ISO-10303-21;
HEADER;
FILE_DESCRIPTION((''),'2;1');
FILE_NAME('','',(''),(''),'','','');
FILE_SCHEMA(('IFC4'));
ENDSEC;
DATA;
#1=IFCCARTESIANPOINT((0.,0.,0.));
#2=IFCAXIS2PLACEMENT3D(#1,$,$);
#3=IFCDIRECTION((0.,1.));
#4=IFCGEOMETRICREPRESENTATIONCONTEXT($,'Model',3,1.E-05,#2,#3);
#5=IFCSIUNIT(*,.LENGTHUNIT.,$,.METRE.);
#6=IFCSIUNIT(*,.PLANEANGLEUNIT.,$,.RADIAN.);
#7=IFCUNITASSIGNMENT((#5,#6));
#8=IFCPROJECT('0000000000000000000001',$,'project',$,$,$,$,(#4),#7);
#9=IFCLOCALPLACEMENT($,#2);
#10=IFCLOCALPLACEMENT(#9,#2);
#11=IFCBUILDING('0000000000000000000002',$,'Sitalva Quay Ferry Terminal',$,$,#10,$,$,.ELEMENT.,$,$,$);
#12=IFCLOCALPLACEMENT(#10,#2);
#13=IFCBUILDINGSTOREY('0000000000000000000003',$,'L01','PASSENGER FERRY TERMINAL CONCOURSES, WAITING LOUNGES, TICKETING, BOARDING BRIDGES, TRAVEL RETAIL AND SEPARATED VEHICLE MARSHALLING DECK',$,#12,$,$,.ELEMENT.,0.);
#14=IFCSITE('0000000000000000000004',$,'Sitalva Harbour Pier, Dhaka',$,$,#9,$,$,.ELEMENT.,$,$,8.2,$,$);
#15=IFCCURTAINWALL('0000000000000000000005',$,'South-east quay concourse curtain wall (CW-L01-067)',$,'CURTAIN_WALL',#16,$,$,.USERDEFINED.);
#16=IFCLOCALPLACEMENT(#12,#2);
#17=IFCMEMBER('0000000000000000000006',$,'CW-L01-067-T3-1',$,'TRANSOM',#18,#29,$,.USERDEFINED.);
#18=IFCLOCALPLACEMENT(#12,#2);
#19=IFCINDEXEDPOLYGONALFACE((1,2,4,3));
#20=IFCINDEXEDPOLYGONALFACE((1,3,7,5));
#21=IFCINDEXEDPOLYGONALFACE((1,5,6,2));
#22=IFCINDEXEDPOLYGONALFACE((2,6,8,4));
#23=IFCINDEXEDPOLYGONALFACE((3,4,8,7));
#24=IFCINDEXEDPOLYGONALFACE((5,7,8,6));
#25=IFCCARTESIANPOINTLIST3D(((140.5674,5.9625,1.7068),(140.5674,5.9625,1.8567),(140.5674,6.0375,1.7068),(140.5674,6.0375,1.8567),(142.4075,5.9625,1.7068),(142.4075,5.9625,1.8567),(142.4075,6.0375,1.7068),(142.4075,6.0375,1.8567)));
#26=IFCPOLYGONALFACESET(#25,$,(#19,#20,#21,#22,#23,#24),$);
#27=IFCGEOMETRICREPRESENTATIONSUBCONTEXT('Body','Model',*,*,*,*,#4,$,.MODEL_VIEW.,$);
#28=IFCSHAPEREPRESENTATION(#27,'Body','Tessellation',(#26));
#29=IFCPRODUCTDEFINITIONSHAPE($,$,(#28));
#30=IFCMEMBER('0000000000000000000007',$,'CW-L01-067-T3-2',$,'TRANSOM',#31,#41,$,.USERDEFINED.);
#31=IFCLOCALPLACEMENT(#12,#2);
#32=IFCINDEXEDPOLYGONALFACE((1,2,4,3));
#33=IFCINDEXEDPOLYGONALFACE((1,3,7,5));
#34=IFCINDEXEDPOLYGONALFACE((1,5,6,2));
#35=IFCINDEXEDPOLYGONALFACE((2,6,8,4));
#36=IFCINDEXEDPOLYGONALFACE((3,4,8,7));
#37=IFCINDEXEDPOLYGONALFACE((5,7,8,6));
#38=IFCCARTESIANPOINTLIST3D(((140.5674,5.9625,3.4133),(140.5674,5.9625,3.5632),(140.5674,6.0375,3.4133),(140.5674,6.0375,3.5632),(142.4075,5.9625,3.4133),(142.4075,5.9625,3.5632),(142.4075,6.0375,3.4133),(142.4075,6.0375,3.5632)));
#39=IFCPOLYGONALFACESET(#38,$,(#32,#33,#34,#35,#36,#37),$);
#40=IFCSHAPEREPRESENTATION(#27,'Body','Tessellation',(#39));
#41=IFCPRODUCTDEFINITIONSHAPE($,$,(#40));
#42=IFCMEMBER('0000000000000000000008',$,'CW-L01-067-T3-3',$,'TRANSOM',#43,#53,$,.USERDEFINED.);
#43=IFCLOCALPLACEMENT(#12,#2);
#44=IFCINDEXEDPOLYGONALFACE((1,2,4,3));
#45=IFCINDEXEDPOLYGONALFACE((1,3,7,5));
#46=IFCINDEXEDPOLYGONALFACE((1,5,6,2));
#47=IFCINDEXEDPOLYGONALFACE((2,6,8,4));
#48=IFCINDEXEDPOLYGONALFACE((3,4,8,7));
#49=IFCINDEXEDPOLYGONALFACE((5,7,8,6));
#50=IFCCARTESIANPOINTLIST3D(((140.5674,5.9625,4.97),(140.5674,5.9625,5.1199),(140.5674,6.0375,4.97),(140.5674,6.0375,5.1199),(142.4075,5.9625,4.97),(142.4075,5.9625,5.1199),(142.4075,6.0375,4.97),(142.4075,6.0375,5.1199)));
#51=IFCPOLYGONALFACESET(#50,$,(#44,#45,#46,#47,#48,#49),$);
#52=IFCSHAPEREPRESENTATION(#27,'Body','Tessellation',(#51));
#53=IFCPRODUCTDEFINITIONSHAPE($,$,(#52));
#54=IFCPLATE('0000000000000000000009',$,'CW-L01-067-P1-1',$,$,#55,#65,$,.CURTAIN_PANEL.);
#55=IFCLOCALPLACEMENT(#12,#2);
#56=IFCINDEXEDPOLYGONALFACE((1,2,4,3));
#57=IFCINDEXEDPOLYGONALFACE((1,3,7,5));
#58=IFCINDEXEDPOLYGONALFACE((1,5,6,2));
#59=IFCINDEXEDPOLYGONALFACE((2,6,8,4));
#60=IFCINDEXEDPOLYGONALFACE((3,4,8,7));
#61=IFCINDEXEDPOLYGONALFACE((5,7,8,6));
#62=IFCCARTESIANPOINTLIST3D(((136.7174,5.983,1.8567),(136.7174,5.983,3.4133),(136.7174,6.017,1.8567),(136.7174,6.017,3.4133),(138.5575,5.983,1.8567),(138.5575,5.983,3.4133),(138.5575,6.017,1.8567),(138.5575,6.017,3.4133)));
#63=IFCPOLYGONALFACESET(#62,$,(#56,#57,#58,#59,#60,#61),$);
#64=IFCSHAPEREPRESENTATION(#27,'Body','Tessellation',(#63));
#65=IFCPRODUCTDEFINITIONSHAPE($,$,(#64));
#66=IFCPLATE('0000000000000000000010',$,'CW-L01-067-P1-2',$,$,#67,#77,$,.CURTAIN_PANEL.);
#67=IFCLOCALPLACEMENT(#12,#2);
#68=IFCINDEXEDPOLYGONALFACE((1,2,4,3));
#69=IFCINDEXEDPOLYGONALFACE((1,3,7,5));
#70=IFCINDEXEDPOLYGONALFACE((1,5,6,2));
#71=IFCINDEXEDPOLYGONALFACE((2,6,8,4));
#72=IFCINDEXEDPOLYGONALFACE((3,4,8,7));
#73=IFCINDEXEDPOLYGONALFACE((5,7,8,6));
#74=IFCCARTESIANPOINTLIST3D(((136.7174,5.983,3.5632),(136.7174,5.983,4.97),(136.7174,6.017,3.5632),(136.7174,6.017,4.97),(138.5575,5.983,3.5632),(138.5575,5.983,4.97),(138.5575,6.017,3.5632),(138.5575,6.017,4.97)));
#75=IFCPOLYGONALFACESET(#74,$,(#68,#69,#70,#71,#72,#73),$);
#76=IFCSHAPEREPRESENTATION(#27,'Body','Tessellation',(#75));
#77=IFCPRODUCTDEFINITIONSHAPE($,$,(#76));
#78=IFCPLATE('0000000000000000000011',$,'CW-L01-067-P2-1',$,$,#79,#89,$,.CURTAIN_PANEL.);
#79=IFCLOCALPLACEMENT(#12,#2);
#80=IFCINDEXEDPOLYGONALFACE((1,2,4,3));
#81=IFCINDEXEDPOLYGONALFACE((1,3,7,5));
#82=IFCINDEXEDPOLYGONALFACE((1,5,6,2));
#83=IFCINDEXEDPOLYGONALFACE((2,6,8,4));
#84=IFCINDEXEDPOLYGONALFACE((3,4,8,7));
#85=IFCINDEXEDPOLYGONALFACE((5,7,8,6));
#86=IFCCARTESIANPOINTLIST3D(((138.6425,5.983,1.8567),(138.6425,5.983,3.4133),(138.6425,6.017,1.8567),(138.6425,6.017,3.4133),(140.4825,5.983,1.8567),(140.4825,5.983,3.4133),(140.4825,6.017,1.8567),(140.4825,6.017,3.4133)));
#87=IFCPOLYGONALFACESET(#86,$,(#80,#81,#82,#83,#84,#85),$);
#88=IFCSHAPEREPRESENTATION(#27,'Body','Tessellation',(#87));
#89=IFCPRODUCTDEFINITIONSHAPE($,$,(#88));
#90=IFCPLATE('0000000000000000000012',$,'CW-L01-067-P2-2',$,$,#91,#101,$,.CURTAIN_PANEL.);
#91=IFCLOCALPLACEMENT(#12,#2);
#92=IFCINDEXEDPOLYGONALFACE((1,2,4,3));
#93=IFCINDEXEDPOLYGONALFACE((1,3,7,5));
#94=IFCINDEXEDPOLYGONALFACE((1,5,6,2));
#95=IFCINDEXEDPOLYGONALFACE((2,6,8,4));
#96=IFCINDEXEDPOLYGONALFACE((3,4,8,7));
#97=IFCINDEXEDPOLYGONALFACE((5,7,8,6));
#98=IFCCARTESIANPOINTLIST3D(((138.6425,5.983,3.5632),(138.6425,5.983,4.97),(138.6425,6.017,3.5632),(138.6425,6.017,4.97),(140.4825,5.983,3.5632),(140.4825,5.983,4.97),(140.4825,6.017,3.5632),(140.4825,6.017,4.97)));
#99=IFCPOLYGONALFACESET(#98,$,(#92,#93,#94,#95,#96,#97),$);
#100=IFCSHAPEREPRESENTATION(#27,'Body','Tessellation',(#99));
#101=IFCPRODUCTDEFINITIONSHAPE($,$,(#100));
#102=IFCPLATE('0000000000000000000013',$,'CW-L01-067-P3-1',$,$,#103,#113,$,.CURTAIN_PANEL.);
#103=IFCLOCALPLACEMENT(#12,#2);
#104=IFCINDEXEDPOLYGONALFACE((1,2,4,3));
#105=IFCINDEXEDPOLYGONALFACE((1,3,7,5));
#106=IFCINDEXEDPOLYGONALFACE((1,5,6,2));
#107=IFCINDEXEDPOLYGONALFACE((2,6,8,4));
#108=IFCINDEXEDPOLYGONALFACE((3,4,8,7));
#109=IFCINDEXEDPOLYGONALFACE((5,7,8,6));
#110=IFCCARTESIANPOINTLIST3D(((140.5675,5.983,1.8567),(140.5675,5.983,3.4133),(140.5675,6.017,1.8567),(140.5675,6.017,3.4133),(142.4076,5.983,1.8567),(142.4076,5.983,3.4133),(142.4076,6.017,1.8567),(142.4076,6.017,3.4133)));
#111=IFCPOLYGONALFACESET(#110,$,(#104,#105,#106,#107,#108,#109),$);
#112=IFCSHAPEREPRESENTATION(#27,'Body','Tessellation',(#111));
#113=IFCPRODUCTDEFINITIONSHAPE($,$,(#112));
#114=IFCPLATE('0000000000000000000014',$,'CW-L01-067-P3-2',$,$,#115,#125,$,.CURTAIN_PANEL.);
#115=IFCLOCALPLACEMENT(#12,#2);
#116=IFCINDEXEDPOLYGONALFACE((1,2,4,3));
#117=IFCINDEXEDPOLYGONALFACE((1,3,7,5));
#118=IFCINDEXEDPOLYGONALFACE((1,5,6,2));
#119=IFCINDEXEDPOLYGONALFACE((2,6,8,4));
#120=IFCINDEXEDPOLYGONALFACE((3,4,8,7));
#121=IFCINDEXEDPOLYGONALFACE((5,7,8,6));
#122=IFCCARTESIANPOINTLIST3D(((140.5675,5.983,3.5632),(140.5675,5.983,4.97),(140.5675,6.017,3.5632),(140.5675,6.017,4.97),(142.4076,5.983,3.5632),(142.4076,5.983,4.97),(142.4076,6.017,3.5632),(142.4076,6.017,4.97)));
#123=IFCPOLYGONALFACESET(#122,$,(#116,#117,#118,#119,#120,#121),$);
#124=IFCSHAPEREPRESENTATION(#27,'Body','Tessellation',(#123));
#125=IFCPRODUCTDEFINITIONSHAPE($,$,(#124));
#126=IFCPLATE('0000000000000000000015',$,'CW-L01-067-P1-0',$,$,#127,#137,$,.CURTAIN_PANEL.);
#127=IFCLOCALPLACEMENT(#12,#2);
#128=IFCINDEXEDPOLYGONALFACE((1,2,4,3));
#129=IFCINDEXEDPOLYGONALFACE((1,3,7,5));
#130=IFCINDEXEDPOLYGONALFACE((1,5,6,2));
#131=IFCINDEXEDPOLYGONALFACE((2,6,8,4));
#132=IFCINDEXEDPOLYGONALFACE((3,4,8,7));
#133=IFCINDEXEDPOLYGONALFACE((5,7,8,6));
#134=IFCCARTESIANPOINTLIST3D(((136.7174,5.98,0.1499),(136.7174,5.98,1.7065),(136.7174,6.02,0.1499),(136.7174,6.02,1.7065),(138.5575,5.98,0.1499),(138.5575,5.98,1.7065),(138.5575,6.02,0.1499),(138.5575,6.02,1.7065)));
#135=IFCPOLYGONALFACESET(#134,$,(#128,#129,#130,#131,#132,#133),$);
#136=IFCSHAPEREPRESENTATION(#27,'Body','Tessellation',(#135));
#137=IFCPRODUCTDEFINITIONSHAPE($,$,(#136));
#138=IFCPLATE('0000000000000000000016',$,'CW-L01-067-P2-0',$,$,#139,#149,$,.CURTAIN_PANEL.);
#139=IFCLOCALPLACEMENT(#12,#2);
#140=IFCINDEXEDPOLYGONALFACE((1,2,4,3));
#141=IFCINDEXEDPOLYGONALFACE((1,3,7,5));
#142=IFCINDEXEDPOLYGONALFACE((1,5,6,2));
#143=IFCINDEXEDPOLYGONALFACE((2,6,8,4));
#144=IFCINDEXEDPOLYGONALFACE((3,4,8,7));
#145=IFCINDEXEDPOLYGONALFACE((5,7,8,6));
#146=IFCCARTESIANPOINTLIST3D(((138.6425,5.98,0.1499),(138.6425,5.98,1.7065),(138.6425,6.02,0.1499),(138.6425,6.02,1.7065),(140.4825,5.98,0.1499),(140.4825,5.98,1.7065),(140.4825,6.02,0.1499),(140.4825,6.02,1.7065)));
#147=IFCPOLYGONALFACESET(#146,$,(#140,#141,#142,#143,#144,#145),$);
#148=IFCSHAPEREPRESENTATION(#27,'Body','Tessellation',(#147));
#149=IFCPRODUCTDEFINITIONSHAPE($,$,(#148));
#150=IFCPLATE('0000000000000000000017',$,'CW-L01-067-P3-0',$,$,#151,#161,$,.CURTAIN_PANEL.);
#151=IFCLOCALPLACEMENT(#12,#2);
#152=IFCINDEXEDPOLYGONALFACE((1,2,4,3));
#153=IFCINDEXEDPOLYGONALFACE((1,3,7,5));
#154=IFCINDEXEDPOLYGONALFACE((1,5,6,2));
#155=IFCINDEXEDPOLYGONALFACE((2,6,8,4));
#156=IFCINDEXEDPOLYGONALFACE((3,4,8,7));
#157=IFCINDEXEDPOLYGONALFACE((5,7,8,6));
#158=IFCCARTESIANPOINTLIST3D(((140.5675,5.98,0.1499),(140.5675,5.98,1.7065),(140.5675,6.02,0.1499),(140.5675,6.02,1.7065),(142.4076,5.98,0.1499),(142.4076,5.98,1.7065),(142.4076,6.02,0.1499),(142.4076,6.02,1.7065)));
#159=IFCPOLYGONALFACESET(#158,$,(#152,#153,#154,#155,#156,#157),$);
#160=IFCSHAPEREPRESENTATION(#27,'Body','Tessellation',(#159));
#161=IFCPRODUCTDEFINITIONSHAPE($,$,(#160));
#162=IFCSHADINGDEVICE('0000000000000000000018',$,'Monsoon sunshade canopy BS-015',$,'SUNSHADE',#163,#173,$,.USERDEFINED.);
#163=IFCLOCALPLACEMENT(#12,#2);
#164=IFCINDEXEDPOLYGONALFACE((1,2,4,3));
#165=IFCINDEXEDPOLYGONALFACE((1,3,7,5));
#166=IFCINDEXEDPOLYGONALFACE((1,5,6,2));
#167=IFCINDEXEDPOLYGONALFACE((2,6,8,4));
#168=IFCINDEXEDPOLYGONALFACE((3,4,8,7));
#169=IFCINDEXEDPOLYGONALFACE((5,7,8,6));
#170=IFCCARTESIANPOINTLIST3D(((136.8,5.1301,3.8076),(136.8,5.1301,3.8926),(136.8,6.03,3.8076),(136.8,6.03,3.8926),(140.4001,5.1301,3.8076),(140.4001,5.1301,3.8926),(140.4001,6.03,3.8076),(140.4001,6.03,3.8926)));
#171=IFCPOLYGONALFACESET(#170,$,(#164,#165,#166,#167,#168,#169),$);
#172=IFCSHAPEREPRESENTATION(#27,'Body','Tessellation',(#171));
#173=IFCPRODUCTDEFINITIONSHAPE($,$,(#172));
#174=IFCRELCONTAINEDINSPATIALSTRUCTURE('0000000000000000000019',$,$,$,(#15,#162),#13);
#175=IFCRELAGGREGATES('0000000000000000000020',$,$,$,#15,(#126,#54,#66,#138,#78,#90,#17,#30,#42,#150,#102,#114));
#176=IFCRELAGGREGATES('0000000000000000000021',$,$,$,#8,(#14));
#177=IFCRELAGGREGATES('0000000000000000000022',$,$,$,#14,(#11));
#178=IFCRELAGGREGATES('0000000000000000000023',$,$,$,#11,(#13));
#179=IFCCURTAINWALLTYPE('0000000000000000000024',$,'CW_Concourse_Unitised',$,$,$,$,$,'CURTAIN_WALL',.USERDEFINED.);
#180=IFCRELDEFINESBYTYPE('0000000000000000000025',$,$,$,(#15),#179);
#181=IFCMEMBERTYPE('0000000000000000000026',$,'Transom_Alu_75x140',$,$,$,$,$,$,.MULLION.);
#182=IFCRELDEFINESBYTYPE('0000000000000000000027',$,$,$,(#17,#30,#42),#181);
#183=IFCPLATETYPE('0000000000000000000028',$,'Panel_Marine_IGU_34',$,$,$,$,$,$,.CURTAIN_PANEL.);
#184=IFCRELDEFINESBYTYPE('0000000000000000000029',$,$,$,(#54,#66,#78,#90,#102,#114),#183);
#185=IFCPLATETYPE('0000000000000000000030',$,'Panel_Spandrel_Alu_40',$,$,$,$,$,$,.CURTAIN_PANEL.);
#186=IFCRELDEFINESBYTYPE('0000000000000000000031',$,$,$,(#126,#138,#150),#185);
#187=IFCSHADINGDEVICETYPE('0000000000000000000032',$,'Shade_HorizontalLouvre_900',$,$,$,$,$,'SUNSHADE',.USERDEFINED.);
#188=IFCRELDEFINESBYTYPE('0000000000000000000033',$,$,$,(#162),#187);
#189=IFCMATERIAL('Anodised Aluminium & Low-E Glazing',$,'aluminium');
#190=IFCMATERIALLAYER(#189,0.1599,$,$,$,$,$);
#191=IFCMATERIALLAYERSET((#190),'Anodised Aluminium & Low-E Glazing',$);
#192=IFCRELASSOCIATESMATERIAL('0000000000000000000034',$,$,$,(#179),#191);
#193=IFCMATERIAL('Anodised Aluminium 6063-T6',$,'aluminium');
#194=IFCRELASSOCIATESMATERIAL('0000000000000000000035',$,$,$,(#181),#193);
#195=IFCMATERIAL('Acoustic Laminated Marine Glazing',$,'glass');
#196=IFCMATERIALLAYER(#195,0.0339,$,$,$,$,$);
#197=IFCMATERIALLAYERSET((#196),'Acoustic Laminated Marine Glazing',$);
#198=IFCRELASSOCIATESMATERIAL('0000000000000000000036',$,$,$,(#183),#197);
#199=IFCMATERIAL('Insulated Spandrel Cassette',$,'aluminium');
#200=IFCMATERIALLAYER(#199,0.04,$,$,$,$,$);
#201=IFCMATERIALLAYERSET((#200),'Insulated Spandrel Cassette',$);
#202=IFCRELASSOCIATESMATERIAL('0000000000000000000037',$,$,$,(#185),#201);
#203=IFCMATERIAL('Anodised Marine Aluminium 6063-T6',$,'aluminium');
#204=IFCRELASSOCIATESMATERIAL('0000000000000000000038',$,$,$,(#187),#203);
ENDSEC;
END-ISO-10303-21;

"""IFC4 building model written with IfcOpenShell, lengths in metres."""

from ifc_helpers import new_model, si_unit, direction, frame, origin, origin_2d, place, context, subcontext, project, spatial, rectangle, extrude, material, layer, layer_set, material_profile, profile_set, type_object, element, aggregate, save


model = new_model("IFC4")

# Units and contexts
model_context = context("Model", 3, precision=1e-05, world=origin(), true_north=direction((0.0, 1.0)))
body_context = subcontext(model_context, "Body", "Model", "MODEL_VIEW")
ifc_project = project(units=[si_unit("LENGTHUNIT", "METRE"), si_unit("PLANEANGLEUNIT", "RADIAN")], contexts=[model_context])

# Site, building, storey
site_placement = place(None, origin())
site = spatial("IfcSite", under=ifc_project, at=site_placement, Name="Sitalva Harbour Pier, Dhaka", CompositionType="ELEMENT", RefElevation=8.2)
building_placement = place(site_placement, origin())
building = spatial("IfcBuilding", under=site, at=building_placement, Name="Sitalva Quay Ferry Terminal", CompositionType="ELEMENT")
storey_placement = place(building_placement, origin())
storey = spatial("IfcBuildingStorey", under=building, at=storey_placement, Name="L01", Description="PASSENGER FERRY TERMINAL CONCOURSES, WAITING LOUNGES, TICKETING, BOARDING BRIDGES, TRAVEL RETAIL AND SEPARATED VEHICLE MARSHALLING DECK", CompositionType="ELEMENT", Elevation=0.0)

# Curtain wall, members, plates
ifc_material_1 = material(Name="Anodised Aluminium & Low-E Glazing", Category="aluminium")
ifc_layer_1 = layer(ifc_material_1, 0.1599)
ifc_layer_set_1 = layer_set([ifc_layer_1], Name="Anodised Aluminium & Low-E Glazing")
curtain_wall_type = type_object("IfcCurtainWallType", Name="CW_Concourse_Unitised", ElementType="CURTAIN_WALL", PredefinedType="USERDEFINED", material=ifc_layer_set_1)
curtain_wall_placement = place(storey_placement, origin())
curtain_wall = element("IfcCurtainWall", 1, at=curtain_wall_placement, inside=storey, type_object=curtain_wall_type, Name="South-east quay concourse curtain wall (CW-L01-067)", ObjectType="CURTAIN_WALL", PredefinedType="USERDEFINED")
ifc_material_2 = material(Name="Anodised Aluminium 6063-T6", Category="aluminium")
ifc_material_profile_1 = material_profile(ifc_material_2, rectangle(XDim=0.075, YDim=0.1499, at=origin_2d()), Name="ALU75x150")
ifc_profile_set_1 = profile_set([ifc_material_profile_1], Name="Anodised Aluminium 6063-T6")
member_type_1 = type_object("IfcMemberType", Name="Transom_Alu_75x140", PredefinedType="MULLION", material=ifc_profile_set_1)
member_1_placement = place(storey_placement, frame((140.5674, 6.0, 1.7817), z_axis=(1.0, 0.0, 0.0), x_axis=(0.0, 1.0, 0.0)))
member_1 = element("IfcMember", 2, at=member_1_placement, type_object=member_type_1, Name="CW-L01-067-T3-1", ObjectType="TRANSOM", PredefinedType="USERDEFINED", context=body_context, shape_type="SweptSolid", body=[
    extrude(rectangle(XDim=0.075, YDim=0.1499, at=origin_2d()), origin(), (0.0, 0.0, 1.0), 1.8401),
])
member_2_placement = place(storey_placement, frame((140.5674, 6.0, 3.4883), z_axis=(1.0, 0.0, 0.0), x_axis=(0.0, 1.0, 0.0)))
member_2 = element("IfcMember", 3, at=member_2_placement, type_object=member_type_1, Name="CW-L01-067-T3-2", ObjectType="TRANSOM", PredefinedType="USERDEFINED", context=body_context, shape_type="SweptSolid", body=[
    extrude(rectangle(XDim=0.075, YDim=0.1499, at=origin_2d()), origin(), (0.0, 0.0, 1.0), 1.8401),
])
member_3_placement = place(storey_placement, frame((140.5674, 6.0, 5.0449), z_axis=(1.0, 0.0, 0.0), x_axis=(0.0, 1.0, 0.0)))
member_3 = element("IfcMember", 4, at=member_3_placement, type_object=member_type_1, Name="CW-L01-067-T3-3", ObjectType="TRANSOM", PredefinedType="USERDEFINED", context=body_context, shape_type="SweptSolid", body=[
    extrude(rectangle(XDim=0.075, YDim=0.1499, at=origin_2d()), origin(), (0.0, 0.0, 1.0), 1.8401),
])
ifc_material_3 = material(Name="Acoustic Laminated Marine Glazing", Category="glass")
ifc_layer_2 = layer(ifc_material_3, 0.0339)
ifc_layer_set_2 = layer_set([ifc_layer_2], Name="Acoustic Laminated Marine Glazing")
plate_type_1 = type_object("IfcPlateType", Name="Panel_Marine_IGU_34", PredefinedType="CURTAIN_PANEL", material=ifc_layer_set_2)
plate_1_placement = place(storey_placement, frame((137.6375, 6.0, 1.8567), z_axis=(0.0, 0.0, 1.0), x_axis=(1.0, 0.0, 0.0)))
plate_1 = element("IfcPlate", 5, at=plate_1_placement, type_object=plate_type_1, Name="CW-L01-067-P1-1", PredefinedType="CURTAIN_PANEL", context=body_context, shape_type="SweptSolid", body=[
    extrude(rectangle(XDim=1.8401, YDim=0.0339, at=origin_2d()), origin(), (0.0, 0.0, 1.0), 1.5566),
])
plate_2_placement = place(storey_placement, frame((137.6375, 6.0, 3.5632), z_axis=(0.0, 0.0, 1.0), x_axis=(1.0, 0.0, 0.0)))
plate_2 = element("IfcPlate", 6, at=plate_2_placement, type_object=plate_type_1, Name="CW-L01-067-P1-2", PredefinedType="CURTAIN_PANEL", context=body_context, shape_type="SweptSolid", body=[
    extrude(rectangle(XDim=1.8401, YDim=0.0339, at=origin_2d()), origin(), (0.0, 0.0, 1.0), 1.4067),
])
plate_3_placement = place(storey_placement, frame((139.5625, 6.0, 1.8567), z_axis=(0.0, 0.0, 1.0), x_axis=(1.0, 0.0, 0.0)))
plate_3 = element("IfcPlate", 7, at=plate_3_placement, type_object=plate_type_1, Name="CW-L01-067-P2-1", PredefinedType="CURTAIN_PANEL", context=body_context, shape_type="SweptSolid", body=[
    extrude(rectangle(XDim=1.8401, YDim=0.0339, at=origin_2d()), origin(), (0.0, 0.0, 1.0), 1.5566),
])
plate_4_placement = place(storey_placement, frame((139.5625, 6.0, 3.5632), z_axis=(0.0, 0.0, 1.0), x_axis=(1.0, 0.0, 0.0)))
plate_4 = element("IfcPlate", 8, at=plate_4_placement, type_object=plate_type_1, Name="CW-L01-067-P2-2", PredefinedType="CURTAIN_PANEL", context=body_context, shape_type="SweptSolid", body=[
    extrude(rectangle(XDim=1.8401, YDim=0.0339, at=origin_2d()), origin(), (0.0, 0.0, 1.0), 1.4067),
])
plate_5_placement = place(storey_placement, frame((141.4875, 6.0, 1.8567), z_axis=(0.0, 0.0, 1.0), x_axis=(1.0, 0.0, 0.0)))
plate_5 = element("IfcPlate", 9, at=plate_5_placement, type_object=plate_type_1, Name="CW-L01-067-P3-1", PredefinedType="CURTAIN_PANEL", context=body_context, shape_type="SweptSolid", body=[
    extrude(rectangle(XDim=1.8401, YDim=0.0339, at=origin_2d()), origin(), (0.0, 0.0, 1.0), 1.5566),
])
plate_6_placement = place(storey_placement, frame((141.4875, 6.0, 3.5632), z_axis=(0.0, 0.0, 1.0), x_axis=(1.0, 0.0, 0.0)))
plate_6 = element("IfcPlate", 10, at=plate_6_placement, type_object=plate_type_1, Name="CW-L01-067-P3-2", PredefinedType="CURTAIN_PANEL", context=body_context, shape_type="SweptSolid", body=[
    extrude(rectangle(XDim=1.8401, YDim=0.0339, at=origin_2d()), origin(), (0.0, 0.0, 1.0), 1.4067),
])
ifc_material_4 = material(Name="Insulated Spandrel Cassette", Category="aluminium")
ifc_layer_3 = layer(ifc_material_4, 0.04)
ifc_layer_set_3 = layer_set([ifc_layer_3], Name="Insulated Spandrel Cassette")
plate_type_2 = type_object("IfcPlateType", Name="Panel_Spandrel_Alu_40", PredefinedType="CURTAIN_PANEL", material=ifc_layer_set_3)
plate_7_placement = place(storey_placement, frame((137.6375, 6.0, 0.1499), z_axis=(0.0, 0.0, 1.0), x_axis=(1.0, 0.0, 0.0)))
plate_7 = element("IfcPlate", 11, at=plate_7_placement, type_object=plate_type_2, Name="CW-L01-067-P1-0", PredefinedType="CURTAIN_PANEL", context=body_context, shape_type="SweptSolid", body=[
    extrude(rectangle(XDim=1.8401, YDim=0.04, at=origin_2d()), origin(), (0.0, 0.0, 1.0), 1.5566),
])
plate_8_placement = place(storey_placement, frame((139.5625, 6.0, 0.1499), z_axis=(0.0, 0.0, 1.0), x_axis=(1.0, 0.0, 0.0)))
plate_8 = element("IfcPlate", 12, at=plate_8_placement, type_object=plate_type_2, Name="CW-L01-067-P2-0", PredefinedType="CURTAIN_PANEL", context=body_context, shape_type="SweptSolid", body=[
    extrude(rectangle(XDim=1.8401, YDim=0.04, at=origin_2d()), origin(), (0.0, 0.0, 1.0), 1.5566),
])
plate_9_placement = place(storey_placement, frame((141.4875, 6.0, 0.1499), z_axis=(0.0, 0.0, 1.0), x_axis=(1.0, 0.0, 0.0)))
plate_9 = element("IfcPlate", 13, at=plate_9_placement, type_object=plate_type_2, Name="CW-L01-067-P3-0", PredefinedType="CURTAIN_PANEL", context=body_context, shape_type="SweptSolid", body=[
    extrude(rectangle(XDim=1.8401, YDim=0.04, at=origin_2d()), origin(), (0.0, 0.0, 1.0), 1.5566),
])
aggregate(curtain_wall, [plate_7, plate_1, plate_2, plate_8, plate_3, plate_4, member_1, member_2, member_3, plate_9, plate_5, plate_6])

# Shading device
ifc_material_5 = material(Name="Anodised Marine Aluminium 6063-T6", Category="aluminium")
shading_device_type = type_object("IfcShadingDeviceType", Name="Shade_HorizontalLouvre_900", ElementType="SUNSHADE", PredefinedType="USERDEFINED", material=ifc_material_5)
shading_device_placement = place(storey_placement, frame((138.6001, 5.5801, 3.8076), z_axis=(0.0, 0.0, 1.0), x_axis=(1.0, 0.0, 0.0)))
element("IfcShadingDevice", 14, at=shading_device_placement, inside=storey, type_object=shading_device_type, Name="Monsoon sunshade canopy BS-015", ObjectType="SUNSHADE", PredefinedType="USERDEFINED", context=body_context, shape_type="SweptSolid", body=[
    extrude(rectangle(XDim=3.6001, YDim=0.8999, at=origin_2d()), origin(), (0.0, 0.0, 1.0), 0.085),
])

save(model, "model.ifc")
